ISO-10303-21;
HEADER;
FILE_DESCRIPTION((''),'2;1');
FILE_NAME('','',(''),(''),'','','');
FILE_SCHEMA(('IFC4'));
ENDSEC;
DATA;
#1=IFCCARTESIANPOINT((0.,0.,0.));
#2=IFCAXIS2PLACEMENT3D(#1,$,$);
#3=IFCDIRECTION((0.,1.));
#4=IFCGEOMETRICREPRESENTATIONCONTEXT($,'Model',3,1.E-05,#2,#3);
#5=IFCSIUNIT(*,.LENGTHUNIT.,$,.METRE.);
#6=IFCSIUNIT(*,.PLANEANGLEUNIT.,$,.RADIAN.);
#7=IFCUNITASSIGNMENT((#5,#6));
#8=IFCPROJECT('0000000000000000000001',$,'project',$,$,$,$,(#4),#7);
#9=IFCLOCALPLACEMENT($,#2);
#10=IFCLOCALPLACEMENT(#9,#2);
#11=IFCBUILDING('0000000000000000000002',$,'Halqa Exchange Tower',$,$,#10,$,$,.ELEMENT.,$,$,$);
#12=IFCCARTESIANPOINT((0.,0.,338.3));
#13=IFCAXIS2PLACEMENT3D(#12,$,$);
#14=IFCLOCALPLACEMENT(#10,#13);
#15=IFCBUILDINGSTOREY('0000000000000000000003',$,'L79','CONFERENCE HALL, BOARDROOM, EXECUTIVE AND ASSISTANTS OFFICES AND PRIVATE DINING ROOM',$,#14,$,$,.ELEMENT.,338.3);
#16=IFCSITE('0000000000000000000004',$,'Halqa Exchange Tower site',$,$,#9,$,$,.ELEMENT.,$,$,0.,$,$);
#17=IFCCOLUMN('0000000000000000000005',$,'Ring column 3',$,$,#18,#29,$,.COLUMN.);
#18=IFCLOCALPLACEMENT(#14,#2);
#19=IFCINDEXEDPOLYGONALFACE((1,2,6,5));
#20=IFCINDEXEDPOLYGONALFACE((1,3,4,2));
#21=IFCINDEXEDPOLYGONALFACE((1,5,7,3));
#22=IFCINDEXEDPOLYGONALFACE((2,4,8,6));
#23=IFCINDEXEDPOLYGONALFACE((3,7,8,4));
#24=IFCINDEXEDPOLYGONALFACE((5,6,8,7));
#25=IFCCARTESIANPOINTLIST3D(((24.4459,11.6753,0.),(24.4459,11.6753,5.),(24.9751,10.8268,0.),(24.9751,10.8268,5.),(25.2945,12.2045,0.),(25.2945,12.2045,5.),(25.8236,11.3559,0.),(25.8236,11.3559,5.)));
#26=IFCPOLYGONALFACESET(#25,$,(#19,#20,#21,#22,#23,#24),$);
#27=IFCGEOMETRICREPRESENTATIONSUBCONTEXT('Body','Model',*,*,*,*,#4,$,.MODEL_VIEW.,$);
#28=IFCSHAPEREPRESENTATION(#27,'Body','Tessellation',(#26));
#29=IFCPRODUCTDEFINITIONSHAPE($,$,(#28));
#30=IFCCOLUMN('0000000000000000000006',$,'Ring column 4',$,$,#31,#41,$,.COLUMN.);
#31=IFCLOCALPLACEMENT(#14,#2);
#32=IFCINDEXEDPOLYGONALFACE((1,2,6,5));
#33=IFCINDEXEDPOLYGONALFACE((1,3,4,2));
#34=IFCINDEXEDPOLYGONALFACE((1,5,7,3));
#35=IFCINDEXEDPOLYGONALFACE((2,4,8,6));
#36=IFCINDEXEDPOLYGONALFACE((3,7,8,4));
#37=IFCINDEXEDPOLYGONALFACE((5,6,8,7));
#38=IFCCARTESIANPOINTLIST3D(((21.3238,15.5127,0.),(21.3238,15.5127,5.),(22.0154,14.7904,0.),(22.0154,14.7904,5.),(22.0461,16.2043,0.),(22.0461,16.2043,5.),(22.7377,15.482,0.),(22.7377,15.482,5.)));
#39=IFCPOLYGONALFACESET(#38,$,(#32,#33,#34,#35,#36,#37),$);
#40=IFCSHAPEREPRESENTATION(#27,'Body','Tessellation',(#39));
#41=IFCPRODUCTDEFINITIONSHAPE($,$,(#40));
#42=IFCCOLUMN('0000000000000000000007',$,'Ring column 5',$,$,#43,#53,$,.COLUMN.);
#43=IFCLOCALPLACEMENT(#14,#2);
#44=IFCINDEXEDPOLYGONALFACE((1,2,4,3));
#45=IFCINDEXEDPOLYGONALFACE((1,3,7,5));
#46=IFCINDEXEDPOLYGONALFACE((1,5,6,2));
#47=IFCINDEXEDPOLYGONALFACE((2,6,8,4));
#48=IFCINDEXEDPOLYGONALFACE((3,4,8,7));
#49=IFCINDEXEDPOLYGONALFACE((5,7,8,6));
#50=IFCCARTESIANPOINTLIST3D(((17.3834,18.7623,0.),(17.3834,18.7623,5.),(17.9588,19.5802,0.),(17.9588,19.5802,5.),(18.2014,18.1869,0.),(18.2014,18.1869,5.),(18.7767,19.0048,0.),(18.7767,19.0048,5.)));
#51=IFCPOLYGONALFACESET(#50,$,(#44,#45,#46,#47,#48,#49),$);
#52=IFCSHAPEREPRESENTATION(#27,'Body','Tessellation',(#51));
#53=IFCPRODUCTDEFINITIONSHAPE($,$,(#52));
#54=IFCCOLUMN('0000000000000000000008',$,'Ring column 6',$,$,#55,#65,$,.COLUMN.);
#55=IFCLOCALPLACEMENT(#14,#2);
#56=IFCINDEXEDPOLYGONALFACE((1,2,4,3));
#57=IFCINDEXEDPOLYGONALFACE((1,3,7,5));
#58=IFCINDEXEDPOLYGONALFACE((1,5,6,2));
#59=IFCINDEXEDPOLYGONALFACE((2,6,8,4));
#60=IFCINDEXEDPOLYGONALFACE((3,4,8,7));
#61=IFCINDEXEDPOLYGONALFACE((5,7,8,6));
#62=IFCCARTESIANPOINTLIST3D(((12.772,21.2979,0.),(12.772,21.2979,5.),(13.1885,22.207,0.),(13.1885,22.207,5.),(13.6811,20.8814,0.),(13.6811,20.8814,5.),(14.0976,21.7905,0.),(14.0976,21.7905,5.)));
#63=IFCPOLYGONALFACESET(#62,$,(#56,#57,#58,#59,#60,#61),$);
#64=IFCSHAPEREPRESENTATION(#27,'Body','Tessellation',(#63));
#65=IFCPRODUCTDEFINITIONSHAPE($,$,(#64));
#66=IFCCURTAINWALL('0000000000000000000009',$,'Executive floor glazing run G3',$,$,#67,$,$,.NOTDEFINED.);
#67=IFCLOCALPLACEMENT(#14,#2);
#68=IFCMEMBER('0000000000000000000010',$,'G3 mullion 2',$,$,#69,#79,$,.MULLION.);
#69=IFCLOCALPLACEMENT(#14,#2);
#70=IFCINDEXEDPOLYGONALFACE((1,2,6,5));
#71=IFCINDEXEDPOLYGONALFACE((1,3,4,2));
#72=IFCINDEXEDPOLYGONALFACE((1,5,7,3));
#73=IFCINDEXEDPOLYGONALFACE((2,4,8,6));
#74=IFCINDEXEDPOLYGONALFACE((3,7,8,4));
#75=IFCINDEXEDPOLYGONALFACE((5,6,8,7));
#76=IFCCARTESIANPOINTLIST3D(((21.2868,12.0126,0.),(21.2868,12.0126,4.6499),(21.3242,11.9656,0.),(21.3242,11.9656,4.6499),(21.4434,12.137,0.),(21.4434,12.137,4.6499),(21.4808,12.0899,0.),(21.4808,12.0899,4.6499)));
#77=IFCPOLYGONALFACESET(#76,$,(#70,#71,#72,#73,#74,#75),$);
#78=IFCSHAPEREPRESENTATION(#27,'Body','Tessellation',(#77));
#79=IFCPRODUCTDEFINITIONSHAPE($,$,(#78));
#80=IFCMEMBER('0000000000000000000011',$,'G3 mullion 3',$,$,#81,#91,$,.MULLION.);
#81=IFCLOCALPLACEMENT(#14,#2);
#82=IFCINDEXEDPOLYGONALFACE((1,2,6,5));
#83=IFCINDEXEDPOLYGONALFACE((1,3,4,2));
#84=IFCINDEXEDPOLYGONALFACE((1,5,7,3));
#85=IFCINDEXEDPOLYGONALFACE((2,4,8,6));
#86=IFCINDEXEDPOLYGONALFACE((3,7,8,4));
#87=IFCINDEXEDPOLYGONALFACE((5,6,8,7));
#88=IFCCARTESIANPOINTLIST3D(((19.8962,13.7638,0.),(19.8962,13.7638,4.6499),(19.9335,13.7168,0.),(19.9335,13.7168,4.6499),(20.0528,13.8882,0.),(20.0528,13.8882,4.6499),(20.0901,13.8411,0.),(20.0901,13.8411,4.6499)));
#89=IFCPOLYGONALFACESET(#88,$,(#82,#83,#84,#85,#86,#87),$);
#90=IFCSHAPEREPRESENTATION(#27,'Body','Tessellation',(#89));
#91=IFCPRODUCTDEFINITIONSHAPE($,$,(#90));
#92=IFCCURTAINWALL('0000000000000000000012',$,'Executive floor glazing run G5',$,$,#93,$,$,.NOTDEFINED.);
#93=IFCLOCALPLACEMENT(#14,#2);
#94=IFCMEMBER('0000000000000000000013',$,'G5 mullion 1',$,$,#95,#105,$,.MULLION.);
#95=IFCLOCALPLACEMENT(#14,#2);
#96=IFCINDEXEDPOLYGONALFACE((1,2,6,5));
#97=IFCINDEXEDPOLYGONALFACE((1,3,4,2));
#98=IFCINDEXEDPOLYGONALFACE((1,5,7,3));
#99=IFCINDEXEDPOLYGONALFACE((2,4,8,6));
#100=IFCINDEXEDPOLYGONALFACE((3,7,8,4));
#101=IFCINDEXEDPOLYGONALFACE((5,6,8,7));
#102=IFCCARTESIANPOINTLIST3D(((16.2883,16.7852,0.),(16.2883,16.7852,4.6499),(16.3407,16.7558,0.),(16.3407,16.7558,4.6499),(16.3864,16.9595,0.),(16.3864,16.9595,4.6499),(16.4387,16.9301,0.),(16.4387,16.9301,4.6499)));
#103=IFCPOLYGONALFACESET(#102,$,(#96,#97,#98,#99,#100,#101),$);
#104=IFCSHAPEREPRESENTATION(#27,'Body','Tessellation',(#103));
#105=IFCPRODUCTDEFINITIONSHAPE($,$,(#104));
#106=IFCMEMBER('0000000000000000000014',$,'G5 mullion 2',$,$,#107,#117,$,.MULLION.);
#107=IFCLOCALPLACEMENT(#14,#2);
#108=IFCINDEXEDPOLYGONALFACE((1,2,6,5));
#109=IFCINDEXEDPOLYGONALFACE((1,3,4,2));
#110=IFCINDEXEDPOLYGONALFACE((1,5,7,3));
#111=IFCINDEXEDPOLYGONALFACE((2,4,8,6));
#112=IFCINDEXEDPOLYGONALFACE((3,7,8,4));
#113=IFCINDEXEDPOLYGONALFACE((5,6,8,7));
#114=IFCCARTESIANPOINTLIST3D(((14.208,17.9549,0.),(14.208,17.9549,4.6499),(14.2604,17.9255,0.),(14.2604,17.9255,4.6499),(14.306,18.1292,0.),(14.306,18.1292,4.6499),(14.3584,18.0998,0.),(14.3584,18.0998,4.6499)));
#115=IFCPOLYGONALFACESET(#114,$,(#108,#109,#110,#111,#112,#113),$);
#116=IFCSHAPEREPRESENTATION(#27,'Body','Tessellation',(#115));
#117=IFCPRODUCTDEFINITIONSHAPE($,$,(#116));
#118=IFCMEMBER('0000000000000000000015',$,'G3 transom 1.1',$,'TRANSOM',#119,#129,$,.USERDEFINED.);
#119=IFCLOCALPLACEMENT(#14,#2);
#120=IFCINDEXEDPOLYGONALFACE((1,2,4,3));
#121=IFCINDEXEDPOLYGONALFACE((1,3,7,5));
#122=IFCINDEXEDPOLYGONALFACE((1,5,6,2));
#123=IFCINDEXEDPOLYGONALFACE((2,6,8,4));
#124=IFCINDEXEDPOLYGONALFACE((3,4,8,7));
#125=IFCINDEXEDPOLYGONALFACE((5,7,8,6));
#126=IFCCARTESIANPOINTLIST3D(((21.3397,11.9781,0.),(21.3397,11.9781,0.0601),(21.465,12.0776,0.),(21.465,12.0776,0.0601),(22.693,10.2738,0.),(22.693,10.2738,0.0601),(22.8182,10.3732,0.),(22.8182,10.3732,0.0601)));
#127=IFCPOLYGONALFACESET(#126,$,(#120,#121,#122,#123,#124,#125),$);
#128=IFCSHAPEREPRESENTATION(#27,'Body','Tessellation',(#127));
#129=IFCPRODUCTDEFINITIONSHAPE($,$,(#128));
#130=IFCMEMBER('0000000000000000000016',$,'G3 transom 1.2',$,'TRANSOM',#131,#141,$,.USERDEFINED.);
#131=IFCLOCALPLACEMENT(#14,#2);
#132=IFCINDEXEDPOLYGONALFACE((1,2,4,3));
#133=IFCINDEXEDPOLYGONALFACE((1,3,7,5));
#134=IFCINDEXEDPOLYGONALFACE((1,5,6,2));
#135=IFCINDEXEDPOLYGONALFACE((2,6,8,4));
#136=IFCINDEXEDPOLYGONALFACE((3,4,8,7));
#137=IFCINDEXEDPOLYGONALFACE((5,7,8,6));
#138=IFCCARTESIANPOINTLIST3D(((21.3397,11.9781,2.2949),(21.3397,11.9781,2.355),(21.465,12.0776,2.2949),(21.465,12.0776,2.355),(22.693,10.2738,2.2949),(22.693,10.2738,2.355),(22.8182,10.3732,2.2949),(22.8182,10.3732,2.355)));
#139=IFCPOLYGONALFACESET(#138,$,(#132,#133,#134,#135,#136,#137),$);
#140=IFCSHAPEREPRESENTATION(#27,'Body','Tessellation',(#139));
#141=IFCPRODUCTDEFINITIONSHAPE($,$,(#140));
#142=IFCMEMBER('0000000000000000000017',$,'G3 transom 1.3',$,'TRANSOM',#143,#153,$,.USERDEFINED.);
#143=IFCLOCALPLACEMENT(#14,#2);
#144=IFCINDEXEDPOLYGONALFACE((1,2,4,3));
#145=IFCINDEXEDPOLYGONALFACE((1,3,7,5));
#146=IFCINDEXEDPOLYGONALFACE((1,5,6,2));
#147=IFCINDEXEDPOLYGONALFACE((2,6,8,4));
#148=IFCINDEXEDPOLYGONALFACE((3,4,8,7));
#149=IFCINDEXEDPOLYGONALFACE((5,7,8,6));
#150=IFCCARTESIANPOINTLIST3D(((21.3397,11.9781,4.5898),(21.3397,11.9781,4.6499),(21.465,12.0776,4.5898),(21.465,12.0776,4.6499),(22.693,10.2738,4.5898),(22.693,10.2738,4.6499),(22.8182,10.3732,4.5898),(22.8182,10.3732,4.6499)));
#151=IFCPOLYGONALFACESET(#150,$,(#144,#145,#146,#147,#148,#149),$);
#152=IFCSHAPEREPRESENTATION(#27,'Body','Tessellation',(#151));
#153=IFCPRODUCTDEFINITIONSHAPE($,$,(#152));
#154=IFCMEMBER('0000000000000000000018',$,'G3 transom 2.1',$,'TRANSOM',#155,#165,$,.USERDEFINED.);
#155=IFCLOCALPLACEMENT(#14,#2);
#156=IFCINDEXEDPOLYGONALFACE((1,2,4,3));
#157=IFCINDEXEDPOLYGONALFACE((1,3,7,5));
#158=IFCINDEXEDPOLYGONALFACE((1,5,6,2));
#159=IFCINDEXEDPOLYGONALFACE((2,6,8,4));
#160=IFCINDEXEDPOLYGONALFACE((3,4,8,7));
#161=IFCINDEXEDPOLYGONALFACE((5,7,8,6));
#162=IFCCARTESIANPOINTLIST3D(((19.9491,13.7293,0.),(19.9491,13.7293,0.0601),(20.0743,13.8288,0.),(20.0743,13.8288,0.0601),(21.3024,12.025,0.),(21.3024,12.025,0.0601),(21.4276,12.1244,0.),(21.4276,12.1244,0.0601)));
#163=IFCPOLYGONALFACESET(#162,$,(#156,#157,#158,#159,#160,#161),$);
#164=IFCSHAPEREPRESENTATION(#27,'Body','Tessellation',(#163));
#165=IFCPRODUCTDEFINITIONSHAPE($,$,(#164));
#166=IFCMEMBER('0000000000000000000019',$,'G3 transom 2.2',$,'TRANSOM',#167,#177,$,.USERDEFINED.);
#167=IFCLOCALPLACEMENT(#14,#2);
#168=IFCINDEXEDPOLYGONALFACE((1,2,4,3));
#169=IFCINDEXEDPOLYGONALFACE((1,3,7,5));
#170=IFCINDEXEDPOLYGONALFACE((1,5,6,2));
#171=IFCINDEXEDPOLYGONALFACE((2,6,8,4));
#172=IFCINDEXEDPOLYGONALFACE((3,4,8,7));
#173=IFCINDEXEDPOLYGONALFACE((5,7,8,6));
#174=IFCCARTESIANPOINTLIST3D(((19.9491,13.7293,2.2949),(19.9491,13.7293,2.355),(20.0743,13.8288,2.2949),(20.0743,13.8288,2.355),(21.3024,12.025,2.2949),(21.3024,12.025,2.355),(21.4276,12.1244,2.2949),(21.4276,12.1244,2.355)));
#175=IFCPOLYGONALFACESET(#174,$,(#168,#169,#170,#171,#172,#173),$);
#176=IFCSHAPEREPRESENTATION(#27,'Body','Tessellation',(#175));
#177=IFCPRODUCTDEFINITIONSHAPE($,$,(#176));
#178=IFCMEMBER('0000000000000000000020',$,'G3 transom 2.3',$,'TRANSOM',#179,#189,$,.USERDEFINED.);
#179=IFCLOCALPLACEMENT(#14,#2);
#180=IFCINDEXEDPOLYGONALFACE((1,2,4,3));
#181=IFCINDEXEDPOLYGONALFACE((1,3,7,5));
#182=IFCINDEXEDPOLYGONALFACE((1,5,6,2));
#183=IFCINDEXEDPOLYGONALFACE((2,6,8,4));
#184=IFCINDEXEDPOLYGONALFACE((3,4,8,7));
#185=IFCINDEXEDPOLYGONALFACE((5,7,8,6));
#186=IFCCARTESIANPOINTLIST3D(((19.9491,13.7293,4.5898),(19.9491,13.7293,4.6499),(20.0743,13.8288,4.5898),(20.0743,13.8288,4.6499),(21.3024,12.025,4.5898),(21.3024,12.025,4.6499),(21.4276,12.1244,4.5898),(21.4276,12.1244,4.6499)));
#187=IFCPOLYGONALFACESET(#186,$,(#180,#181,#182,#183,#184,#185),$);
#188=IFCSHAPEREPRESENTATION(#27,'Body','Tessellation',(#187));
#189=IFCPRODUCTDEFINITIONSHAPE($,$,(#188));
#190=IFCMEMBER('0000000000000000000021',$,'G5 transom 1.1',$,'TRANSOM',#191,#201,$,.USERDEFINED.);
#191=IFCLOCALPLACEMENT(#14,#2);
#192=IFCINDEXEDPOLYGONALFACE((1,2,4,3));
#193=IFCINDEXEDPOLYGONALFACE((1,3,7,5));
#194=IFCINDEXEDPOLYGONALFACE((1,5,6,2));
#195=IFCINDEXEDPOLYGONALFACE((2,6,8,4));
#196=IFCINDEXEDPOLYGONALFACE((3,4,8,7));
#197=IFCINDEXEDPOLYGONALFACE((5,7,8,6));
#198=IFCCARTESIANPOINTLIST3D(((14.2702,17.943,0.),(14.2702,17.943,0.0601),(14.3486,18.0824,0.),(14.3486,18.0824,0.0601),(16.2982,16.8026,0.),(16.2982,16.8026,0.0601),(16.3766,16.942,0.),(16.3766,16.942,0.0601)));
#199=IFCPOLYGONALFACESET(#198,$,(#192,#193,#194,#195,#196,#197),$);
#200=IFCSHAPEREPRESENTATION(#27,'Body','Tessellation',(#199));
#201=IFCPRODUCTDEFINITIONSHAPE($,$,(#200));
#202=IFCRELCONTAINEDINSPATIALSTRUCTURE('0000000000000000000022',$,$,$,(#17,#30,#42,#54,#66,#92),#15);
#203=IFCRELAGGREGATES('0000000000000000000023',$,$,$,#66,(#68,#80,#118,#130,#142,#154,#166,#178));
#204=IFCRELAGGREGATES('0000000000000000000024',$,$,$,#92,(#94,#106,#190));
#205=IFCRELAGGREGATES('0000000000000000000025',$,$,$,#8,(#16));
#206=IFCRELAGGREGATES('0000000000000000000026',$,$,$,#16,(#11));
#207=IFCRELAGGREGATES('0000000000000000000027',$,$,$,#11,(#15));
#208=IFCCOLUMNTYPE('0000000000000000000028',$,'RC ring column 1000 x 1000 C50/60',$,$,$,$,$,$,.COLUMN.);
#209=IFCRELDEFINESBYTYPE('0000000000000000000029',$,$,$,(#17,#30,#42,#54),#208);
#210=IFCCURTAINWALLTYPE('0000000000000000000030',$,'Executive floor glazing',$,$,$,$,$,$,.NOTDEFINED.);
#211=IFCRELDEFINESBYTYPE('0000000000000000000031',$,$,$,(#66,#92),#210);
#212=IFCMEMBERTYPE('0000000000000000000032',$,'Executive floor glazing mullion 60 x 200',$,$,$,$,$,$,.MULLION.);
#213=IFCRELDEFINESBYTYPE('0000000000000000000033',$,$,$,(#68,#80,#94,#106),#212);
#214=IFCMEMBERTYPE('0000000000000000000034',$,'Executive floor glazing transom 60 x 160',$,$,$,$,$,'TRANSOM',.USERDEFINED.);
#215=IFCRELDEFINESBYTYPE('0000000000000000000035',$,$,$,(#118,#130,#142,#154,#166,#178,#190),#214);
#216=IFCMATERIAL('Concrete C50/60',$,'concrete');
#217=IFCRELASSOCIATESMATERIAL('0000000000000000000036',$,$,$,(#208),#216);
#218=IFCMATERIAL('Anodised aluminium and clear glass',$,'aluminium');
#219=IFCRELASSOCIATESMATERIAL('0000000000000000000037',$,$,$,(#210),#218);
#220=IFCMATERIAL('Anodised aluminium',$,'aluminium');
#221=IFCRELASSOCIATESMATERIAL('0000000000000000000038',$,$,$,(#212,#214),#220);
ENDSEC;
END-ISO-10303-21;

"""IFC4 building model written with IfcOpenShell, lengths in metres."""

from ifc_helpers import new_model, si_unit, direction, frame, origin, origin_2d, place, context, subcontext, project, spatial, rectangle, extrude, material, material_profile, profile_set, type_object, element, aggregate, save


model = new_model("IFC4")

# Units and contexts
model_context = context("Model", 3, precision=1e-05, world=origin(), true_north=direction((0.0, 1.0)))
body_context = subcontext(model_context, "Body", "Model", "MODEL_VIEW")
ifc_project = project(units=[si_unit("LENGTHUNIT", "METRE"), si_unit("PLANEANGLEUNIT", "RADIAN")], contexts=[model_context])

# Site, building, storey
site_placement = place(None, origin())
site = spatial("IfcSite", under=ifc_project, at=site_placement, Name="Halqa Exchange Tower site", CompositionType="ELEMENT", RefElevation=0.0)
building_placement = place(site_placement, origin())
building = spatial("IfcBuilding", under=site, at=building_placement, Name="Halqa Exchange Tower", CompositionType="ELEMENT")
storey_placement = place(building_placement, frame((0.0, 0.0, 338.3)))
storey = spatial("IfcBuildingStorey", under=building, at=storey_placement, Name="L79", Description="CONFERENCE HALL, BOARDROOM, EXECUTIVE AND ASSISTANTS OFFICES AND PRIVATE DINING ROOM", CompositionType="ELEMENT", Elevation=338.3)

# Columns
ifc_material_1 = material(Name="Concrete C50/60", Category="concrete")
ifc_material_profile_1 = material_profile(ifc_material_1, rectangle(XDim=1.0, YDim=1.0, at=origin_2d()), Name="1000 x 1000")
ifc_profile_set_1 = profile_set([ifc_material_profile_1], Name="Concrete C50/60")
column_type = type_object("IfcColumnType", Name="RC ring column 1000 x 1000 C50/60", PredefinedType="COLUMN", material=ifc_profile_set_1)
for number, where, z_axis, x_axis, name in (
    (1, (25.1348, 11.5156, 0.0), (0.0, 0.0, 1.0), (-0.52914, 0.848534, 0.0), "Ring column 3"),
    (2, (22.0308, 15.4973, 0.0), (0.0, 0.0, 1.0), (-0.691579, 0.722301, 0.0), "Ring column 4"),
    (3, (18.0801, 18.8835, 0.0), (0.0, 0.0, 1.0), (-0.817907, 0.575351, 0.0), "Ring column 5"),
    (4, (13.4348, 21.5442, 0.0), (0.0, 0.0, 1.0), (-0.909129, 0.416516, 0.0), "Ring column 6"),
):
    element("IfcColumn", number, at=place(storey_placement, frame(where, z_axis=z_axis, x_axis=x_axis)), inside=storey, type_object=column_type, Name=name, PredefinedType="COLUMN", context=body_context, shape_type="SweptSolid", body=[
        extrude(rectangle(XDim=1.0, YDim=1.0, at=origin_2d()), origin(), (0.0, 0.0, 1.0), 5.0),
    ])

# Curtain walls, members
ifc_material_2 = material(Name="Anodised aluminium and clear glass", Category="aluminium")
curtain_wall_type = type_object("IfcCurtainWallType", Name="Executive floor glazing", PredefinedType="NOTDEFINED", material=ifc_material_2)
curtain_wall_1_placement = place(storey_placement, origin())
curtain_wall_1 = element("IfcCurtainWall", 5, at=curtain_wall_1_placement, inside=storey, type_object=curtain_wall_type, Name="Executive floor glazing run G3", PredefinedType="NOTDEFINED")
ifc_material_3 = material(Name="Anodised aluminium", Category="aluminium")
ifc_material_profile_2 = material_profile(ifc_material_3, rectangle(XDim=0.2, YDim=0.0601, at=origin_2d()), Name="AL 60x200")
ifc_profile_set_2 = profile_set([ifc_material_profile_2], Name="Anodised aluminium")
member_type_1 = type_object("IfcMemberType", Name="Executive floor glazing mullion 60 x 200", PredefinedType="MULLION", material=ifc_profile_set_2)
member_1_placement = place(storey_placement, frame((21.3838, 12.0513, 0.0), z_axis=(0.0, 0.0, 1.0), x_axis=(-0.783162, -0.621817, 0.0)))
member_1 = element("IfcMember", 6, at=member_1_placement, type_object=member_type_1, Name="G3 mullion 2", PredefinedType="MULLION", context=body_context, shape_type="SweptSolid", body=[
    extrude(rectangle(XDim=0.2, YDim=0.0601, at=origin_2d()), origin(), (0.0, 0.0, 1.0), 4.6499),
])
member_2_placement = place(storey_placement, frame((19.9932, 13.8025, 0.0), z_axis=(0.0, 0.0, 1.0), x_axis=(-0.783162, -0.621817, 0.0)))
member_2 = element("IfcMember", 7, at=member_2_placement, type_object=member_type_1, Name="G3 mullion 3", PredefinedType="MULLION", context=body_context, shape_type="SweptSolid", body=[
    extrude(rectangle(XDim=0.2, YDim=0.0601, at=origin_2d()), origin(), (0.0, 0.0, 1.0), 4.6499),
])
curtain_wall_2_placement = place(storey_placement, origin())
curtain_wall_2 = element("IfcCurtainWall", 8, at=curtain_wall_2_placement, inside=storey, type_object=curtain_wall_type, Name="Executive floor glazing run G5", PredefinedType="NOTDEFINED")
member_3_placement = place(storey_placement, frame((16.3635, 16.8577, 0.0), z_axis=(0.0, 0.0, 1.0), x_axis=(-0.490158, -0.871634, 0.0)))
member_3 = element("IfcMember", 9, at=member_3_placement, type_object=member_type_1, Name="G5 mullion 1", PredefinedType="MULLION", context=body_context, shape_type="SweptSolid", body=[
    extrude(rectangle(XDim=0.2, YDim=0.0601, at=origin_2d()), origin(), (0.0, 0.0, 1.0), 4.6499),
])
member_4_placement = place(storey_placement, frame((14.2832, 18.0273, 0.0), z_axis=(0.0, 0.0, 1.0), x_axis=(-0.490158, -0.871634, 0.0)))
member_4 = element("IfcMember", 10, at=member_4_placement, type_object=member_type_1, Name="G5 mullion 2", PredefinedType="MULLION", context=body_context, shape_type="SweptSolid", body=[
    extrude(rectangle(XDim=0.2, YDim=0.0601, at=origin_2d()), origin(), (0.0, 0.0, 1.0), 4.6499),
])

# Members
ifc_material_profile_3 = material_profile(ifc_material_3, rectangle(XDim=0.1599, YDim=0.0601, at=origin_2d()), Name="AL 60x160")
ifc_profile_set_3 = profile_set([ifc_material_profile_3], Name="Anodised aluminium")
member_type_2 = type_object("IfcMemberType", Name="Executive floor glazing transom 60 x 160", ElementType="TRANSOM", PredefinedType="USERDEFINED", material=ifc_profile_set_3)
member_5_placement = place(storey_placement, frame((22.7556, 10.3235, 0.03), z_axis=(-0.621832, 0.783151, 0.0), x_axis=(-0.783151, -0.621832, 0.0)))
member_5 = element("IfcMember", 11, at=member_5_placement, type_object=member_type_2, Name="G3 transom 1.1", ObjectType="TRANSOM", PredefinedType="USERDEFINED", context=body_context, shape_type="SweptSolid", body=[
    extrude(rectangle(XDim=0.1599, YDim=0.0601, at=origin_2d()), origin(), (0.0, 0.0, 1.0), 2.1763),
])
member_6_placement = place(storey_placement, frame((22.7556, 10.3235, 2.325), z_axis=(-0.621832, 0.783151, 0.0), x_axis=(-0.783151, -0.621832, 0.0)))
member_6 = element("IfcMember", 12, at=member_6_placement, type_object=member_type_2, Name="G3 transom 1.2", ObjectType="TRANSOM", PredefinedType="USERDEFINED", context=body_context, shape_type="SweptSolid", body=[
    extrude(rectangle(XDim=0.1599, YDim=0.0601, at=origin_2d()), origin(), (0.0, 0.0, 1.0), 2.1763),
])
member_7_placement = place(storey_placement, frame((22.7556, 10.3235, 4.6199), z_axis=(-0.621832, 0.783151, 0.0), x_axis=(-0.783151, -0.621832, 0.0)))
member_7 = element("IfcMember", 13, at=member_7_placement, type_object=member_type_2, Name="G3 transom 1.3", ObjectType="TRANSOM", PredefinedType="USERDEFINED", context=body_context, shape_type="SweptSolid", body=[
    extrude(rectangle(XDim=0.1599, YDim=0.0601, at=origin_2d()), origin(), (0.0, 0.0, 1.0), 2.1763),
])
member_8_placement = place(storey_placement, frame((21.365, 12.0747, 0.03), z_axis=(-0.621832, 0.783151, 0.0), x_axis=(-0.783151, -0.621832, 0.0)))
member_8 = element("IfcMember", 14, at=member_8_placement, type_object=member_type_2, Name="G3 transom 2.1", ObjectType="TRANSOM", PredefinedType="USERDEFINED", context=body_context, shape_type="SweptSolid", body=[
    extrude(rectangle(XDim=0.1599, YDim=0.0601, at=origin_2d()), origin(), (0.0, 0.0, 1.0), 2.1763),
])
member_9_placement = place(storey_placement, frame((21.365, 12.0747, 2.325), z_axis=(-0.621832, 0.783151, 0.0), x_axis=(-0.783151, -0.621832, 0.0)))
member_9 = element("IfcMember", 15, at=member_9_placement, type_object=member_type_2, Name="G3 transom 2.2", ObjectType="TRANSOM", PredefinedType="USERDEFINED", context=body_context, shape_type="SweptSolid", body=[
    extrude(rectangle(XDim=0.1599, YDim=0.0601, at=origin_2d()), origin(), (0.0, 0.0, 1.0), 2.1763),
])
member_10_placement = place(storey_placement, frame((21.365, 12.0747, 4.6199), z_axis=(-0.621832, 0.783151, 0.0), x_axis=(-0.783151, -0.621832, 0.0)))
member_10 = element("IfcMember", 16, at=member_10_placement, type_object=member_type_2, Name="G3 transom 2.3", ObjectType="TRANSOM", PredefinedType="USERDEFINED", context=body_context, shape_type="SweptSolid", body=[
    extrude(rectangle(XDim=0.1599, YDim=0.0601, at=origin_2d()), origin(), (0.0, 0.0, 1.0), 2.1763),
])
member_11_placement = place(storey_placement, frame((16.3374, 16.8723, 0.03), z_axis=(-0.871651, 0.490127, 0.0), x_axis=(-0.490127, -0.871651, 0.0)))
member_11 = element("IfcMember", 17, at=member_11_placement, type_object=member_type_2, Name="G5 transom 1.1", ObjectType="TRANSOM", PredefinedType="USERDEFINED", context=body_context, shape_type="SweptSolid", body=[
    extrude(rectangle(XDim=0.1599, YDim=0.0601, at=origin_2d()), origin(), (0.0, 0.0, 1.0), 2.3267),
])

aggregate(curtain_wall_1, [member_1, member_2, member_5, member_6, member_7, member_8, member_9, member_10])
aggregate(curtain_wall_2, [member_3, member_4, member_11])

save(model, "model.ifc")
